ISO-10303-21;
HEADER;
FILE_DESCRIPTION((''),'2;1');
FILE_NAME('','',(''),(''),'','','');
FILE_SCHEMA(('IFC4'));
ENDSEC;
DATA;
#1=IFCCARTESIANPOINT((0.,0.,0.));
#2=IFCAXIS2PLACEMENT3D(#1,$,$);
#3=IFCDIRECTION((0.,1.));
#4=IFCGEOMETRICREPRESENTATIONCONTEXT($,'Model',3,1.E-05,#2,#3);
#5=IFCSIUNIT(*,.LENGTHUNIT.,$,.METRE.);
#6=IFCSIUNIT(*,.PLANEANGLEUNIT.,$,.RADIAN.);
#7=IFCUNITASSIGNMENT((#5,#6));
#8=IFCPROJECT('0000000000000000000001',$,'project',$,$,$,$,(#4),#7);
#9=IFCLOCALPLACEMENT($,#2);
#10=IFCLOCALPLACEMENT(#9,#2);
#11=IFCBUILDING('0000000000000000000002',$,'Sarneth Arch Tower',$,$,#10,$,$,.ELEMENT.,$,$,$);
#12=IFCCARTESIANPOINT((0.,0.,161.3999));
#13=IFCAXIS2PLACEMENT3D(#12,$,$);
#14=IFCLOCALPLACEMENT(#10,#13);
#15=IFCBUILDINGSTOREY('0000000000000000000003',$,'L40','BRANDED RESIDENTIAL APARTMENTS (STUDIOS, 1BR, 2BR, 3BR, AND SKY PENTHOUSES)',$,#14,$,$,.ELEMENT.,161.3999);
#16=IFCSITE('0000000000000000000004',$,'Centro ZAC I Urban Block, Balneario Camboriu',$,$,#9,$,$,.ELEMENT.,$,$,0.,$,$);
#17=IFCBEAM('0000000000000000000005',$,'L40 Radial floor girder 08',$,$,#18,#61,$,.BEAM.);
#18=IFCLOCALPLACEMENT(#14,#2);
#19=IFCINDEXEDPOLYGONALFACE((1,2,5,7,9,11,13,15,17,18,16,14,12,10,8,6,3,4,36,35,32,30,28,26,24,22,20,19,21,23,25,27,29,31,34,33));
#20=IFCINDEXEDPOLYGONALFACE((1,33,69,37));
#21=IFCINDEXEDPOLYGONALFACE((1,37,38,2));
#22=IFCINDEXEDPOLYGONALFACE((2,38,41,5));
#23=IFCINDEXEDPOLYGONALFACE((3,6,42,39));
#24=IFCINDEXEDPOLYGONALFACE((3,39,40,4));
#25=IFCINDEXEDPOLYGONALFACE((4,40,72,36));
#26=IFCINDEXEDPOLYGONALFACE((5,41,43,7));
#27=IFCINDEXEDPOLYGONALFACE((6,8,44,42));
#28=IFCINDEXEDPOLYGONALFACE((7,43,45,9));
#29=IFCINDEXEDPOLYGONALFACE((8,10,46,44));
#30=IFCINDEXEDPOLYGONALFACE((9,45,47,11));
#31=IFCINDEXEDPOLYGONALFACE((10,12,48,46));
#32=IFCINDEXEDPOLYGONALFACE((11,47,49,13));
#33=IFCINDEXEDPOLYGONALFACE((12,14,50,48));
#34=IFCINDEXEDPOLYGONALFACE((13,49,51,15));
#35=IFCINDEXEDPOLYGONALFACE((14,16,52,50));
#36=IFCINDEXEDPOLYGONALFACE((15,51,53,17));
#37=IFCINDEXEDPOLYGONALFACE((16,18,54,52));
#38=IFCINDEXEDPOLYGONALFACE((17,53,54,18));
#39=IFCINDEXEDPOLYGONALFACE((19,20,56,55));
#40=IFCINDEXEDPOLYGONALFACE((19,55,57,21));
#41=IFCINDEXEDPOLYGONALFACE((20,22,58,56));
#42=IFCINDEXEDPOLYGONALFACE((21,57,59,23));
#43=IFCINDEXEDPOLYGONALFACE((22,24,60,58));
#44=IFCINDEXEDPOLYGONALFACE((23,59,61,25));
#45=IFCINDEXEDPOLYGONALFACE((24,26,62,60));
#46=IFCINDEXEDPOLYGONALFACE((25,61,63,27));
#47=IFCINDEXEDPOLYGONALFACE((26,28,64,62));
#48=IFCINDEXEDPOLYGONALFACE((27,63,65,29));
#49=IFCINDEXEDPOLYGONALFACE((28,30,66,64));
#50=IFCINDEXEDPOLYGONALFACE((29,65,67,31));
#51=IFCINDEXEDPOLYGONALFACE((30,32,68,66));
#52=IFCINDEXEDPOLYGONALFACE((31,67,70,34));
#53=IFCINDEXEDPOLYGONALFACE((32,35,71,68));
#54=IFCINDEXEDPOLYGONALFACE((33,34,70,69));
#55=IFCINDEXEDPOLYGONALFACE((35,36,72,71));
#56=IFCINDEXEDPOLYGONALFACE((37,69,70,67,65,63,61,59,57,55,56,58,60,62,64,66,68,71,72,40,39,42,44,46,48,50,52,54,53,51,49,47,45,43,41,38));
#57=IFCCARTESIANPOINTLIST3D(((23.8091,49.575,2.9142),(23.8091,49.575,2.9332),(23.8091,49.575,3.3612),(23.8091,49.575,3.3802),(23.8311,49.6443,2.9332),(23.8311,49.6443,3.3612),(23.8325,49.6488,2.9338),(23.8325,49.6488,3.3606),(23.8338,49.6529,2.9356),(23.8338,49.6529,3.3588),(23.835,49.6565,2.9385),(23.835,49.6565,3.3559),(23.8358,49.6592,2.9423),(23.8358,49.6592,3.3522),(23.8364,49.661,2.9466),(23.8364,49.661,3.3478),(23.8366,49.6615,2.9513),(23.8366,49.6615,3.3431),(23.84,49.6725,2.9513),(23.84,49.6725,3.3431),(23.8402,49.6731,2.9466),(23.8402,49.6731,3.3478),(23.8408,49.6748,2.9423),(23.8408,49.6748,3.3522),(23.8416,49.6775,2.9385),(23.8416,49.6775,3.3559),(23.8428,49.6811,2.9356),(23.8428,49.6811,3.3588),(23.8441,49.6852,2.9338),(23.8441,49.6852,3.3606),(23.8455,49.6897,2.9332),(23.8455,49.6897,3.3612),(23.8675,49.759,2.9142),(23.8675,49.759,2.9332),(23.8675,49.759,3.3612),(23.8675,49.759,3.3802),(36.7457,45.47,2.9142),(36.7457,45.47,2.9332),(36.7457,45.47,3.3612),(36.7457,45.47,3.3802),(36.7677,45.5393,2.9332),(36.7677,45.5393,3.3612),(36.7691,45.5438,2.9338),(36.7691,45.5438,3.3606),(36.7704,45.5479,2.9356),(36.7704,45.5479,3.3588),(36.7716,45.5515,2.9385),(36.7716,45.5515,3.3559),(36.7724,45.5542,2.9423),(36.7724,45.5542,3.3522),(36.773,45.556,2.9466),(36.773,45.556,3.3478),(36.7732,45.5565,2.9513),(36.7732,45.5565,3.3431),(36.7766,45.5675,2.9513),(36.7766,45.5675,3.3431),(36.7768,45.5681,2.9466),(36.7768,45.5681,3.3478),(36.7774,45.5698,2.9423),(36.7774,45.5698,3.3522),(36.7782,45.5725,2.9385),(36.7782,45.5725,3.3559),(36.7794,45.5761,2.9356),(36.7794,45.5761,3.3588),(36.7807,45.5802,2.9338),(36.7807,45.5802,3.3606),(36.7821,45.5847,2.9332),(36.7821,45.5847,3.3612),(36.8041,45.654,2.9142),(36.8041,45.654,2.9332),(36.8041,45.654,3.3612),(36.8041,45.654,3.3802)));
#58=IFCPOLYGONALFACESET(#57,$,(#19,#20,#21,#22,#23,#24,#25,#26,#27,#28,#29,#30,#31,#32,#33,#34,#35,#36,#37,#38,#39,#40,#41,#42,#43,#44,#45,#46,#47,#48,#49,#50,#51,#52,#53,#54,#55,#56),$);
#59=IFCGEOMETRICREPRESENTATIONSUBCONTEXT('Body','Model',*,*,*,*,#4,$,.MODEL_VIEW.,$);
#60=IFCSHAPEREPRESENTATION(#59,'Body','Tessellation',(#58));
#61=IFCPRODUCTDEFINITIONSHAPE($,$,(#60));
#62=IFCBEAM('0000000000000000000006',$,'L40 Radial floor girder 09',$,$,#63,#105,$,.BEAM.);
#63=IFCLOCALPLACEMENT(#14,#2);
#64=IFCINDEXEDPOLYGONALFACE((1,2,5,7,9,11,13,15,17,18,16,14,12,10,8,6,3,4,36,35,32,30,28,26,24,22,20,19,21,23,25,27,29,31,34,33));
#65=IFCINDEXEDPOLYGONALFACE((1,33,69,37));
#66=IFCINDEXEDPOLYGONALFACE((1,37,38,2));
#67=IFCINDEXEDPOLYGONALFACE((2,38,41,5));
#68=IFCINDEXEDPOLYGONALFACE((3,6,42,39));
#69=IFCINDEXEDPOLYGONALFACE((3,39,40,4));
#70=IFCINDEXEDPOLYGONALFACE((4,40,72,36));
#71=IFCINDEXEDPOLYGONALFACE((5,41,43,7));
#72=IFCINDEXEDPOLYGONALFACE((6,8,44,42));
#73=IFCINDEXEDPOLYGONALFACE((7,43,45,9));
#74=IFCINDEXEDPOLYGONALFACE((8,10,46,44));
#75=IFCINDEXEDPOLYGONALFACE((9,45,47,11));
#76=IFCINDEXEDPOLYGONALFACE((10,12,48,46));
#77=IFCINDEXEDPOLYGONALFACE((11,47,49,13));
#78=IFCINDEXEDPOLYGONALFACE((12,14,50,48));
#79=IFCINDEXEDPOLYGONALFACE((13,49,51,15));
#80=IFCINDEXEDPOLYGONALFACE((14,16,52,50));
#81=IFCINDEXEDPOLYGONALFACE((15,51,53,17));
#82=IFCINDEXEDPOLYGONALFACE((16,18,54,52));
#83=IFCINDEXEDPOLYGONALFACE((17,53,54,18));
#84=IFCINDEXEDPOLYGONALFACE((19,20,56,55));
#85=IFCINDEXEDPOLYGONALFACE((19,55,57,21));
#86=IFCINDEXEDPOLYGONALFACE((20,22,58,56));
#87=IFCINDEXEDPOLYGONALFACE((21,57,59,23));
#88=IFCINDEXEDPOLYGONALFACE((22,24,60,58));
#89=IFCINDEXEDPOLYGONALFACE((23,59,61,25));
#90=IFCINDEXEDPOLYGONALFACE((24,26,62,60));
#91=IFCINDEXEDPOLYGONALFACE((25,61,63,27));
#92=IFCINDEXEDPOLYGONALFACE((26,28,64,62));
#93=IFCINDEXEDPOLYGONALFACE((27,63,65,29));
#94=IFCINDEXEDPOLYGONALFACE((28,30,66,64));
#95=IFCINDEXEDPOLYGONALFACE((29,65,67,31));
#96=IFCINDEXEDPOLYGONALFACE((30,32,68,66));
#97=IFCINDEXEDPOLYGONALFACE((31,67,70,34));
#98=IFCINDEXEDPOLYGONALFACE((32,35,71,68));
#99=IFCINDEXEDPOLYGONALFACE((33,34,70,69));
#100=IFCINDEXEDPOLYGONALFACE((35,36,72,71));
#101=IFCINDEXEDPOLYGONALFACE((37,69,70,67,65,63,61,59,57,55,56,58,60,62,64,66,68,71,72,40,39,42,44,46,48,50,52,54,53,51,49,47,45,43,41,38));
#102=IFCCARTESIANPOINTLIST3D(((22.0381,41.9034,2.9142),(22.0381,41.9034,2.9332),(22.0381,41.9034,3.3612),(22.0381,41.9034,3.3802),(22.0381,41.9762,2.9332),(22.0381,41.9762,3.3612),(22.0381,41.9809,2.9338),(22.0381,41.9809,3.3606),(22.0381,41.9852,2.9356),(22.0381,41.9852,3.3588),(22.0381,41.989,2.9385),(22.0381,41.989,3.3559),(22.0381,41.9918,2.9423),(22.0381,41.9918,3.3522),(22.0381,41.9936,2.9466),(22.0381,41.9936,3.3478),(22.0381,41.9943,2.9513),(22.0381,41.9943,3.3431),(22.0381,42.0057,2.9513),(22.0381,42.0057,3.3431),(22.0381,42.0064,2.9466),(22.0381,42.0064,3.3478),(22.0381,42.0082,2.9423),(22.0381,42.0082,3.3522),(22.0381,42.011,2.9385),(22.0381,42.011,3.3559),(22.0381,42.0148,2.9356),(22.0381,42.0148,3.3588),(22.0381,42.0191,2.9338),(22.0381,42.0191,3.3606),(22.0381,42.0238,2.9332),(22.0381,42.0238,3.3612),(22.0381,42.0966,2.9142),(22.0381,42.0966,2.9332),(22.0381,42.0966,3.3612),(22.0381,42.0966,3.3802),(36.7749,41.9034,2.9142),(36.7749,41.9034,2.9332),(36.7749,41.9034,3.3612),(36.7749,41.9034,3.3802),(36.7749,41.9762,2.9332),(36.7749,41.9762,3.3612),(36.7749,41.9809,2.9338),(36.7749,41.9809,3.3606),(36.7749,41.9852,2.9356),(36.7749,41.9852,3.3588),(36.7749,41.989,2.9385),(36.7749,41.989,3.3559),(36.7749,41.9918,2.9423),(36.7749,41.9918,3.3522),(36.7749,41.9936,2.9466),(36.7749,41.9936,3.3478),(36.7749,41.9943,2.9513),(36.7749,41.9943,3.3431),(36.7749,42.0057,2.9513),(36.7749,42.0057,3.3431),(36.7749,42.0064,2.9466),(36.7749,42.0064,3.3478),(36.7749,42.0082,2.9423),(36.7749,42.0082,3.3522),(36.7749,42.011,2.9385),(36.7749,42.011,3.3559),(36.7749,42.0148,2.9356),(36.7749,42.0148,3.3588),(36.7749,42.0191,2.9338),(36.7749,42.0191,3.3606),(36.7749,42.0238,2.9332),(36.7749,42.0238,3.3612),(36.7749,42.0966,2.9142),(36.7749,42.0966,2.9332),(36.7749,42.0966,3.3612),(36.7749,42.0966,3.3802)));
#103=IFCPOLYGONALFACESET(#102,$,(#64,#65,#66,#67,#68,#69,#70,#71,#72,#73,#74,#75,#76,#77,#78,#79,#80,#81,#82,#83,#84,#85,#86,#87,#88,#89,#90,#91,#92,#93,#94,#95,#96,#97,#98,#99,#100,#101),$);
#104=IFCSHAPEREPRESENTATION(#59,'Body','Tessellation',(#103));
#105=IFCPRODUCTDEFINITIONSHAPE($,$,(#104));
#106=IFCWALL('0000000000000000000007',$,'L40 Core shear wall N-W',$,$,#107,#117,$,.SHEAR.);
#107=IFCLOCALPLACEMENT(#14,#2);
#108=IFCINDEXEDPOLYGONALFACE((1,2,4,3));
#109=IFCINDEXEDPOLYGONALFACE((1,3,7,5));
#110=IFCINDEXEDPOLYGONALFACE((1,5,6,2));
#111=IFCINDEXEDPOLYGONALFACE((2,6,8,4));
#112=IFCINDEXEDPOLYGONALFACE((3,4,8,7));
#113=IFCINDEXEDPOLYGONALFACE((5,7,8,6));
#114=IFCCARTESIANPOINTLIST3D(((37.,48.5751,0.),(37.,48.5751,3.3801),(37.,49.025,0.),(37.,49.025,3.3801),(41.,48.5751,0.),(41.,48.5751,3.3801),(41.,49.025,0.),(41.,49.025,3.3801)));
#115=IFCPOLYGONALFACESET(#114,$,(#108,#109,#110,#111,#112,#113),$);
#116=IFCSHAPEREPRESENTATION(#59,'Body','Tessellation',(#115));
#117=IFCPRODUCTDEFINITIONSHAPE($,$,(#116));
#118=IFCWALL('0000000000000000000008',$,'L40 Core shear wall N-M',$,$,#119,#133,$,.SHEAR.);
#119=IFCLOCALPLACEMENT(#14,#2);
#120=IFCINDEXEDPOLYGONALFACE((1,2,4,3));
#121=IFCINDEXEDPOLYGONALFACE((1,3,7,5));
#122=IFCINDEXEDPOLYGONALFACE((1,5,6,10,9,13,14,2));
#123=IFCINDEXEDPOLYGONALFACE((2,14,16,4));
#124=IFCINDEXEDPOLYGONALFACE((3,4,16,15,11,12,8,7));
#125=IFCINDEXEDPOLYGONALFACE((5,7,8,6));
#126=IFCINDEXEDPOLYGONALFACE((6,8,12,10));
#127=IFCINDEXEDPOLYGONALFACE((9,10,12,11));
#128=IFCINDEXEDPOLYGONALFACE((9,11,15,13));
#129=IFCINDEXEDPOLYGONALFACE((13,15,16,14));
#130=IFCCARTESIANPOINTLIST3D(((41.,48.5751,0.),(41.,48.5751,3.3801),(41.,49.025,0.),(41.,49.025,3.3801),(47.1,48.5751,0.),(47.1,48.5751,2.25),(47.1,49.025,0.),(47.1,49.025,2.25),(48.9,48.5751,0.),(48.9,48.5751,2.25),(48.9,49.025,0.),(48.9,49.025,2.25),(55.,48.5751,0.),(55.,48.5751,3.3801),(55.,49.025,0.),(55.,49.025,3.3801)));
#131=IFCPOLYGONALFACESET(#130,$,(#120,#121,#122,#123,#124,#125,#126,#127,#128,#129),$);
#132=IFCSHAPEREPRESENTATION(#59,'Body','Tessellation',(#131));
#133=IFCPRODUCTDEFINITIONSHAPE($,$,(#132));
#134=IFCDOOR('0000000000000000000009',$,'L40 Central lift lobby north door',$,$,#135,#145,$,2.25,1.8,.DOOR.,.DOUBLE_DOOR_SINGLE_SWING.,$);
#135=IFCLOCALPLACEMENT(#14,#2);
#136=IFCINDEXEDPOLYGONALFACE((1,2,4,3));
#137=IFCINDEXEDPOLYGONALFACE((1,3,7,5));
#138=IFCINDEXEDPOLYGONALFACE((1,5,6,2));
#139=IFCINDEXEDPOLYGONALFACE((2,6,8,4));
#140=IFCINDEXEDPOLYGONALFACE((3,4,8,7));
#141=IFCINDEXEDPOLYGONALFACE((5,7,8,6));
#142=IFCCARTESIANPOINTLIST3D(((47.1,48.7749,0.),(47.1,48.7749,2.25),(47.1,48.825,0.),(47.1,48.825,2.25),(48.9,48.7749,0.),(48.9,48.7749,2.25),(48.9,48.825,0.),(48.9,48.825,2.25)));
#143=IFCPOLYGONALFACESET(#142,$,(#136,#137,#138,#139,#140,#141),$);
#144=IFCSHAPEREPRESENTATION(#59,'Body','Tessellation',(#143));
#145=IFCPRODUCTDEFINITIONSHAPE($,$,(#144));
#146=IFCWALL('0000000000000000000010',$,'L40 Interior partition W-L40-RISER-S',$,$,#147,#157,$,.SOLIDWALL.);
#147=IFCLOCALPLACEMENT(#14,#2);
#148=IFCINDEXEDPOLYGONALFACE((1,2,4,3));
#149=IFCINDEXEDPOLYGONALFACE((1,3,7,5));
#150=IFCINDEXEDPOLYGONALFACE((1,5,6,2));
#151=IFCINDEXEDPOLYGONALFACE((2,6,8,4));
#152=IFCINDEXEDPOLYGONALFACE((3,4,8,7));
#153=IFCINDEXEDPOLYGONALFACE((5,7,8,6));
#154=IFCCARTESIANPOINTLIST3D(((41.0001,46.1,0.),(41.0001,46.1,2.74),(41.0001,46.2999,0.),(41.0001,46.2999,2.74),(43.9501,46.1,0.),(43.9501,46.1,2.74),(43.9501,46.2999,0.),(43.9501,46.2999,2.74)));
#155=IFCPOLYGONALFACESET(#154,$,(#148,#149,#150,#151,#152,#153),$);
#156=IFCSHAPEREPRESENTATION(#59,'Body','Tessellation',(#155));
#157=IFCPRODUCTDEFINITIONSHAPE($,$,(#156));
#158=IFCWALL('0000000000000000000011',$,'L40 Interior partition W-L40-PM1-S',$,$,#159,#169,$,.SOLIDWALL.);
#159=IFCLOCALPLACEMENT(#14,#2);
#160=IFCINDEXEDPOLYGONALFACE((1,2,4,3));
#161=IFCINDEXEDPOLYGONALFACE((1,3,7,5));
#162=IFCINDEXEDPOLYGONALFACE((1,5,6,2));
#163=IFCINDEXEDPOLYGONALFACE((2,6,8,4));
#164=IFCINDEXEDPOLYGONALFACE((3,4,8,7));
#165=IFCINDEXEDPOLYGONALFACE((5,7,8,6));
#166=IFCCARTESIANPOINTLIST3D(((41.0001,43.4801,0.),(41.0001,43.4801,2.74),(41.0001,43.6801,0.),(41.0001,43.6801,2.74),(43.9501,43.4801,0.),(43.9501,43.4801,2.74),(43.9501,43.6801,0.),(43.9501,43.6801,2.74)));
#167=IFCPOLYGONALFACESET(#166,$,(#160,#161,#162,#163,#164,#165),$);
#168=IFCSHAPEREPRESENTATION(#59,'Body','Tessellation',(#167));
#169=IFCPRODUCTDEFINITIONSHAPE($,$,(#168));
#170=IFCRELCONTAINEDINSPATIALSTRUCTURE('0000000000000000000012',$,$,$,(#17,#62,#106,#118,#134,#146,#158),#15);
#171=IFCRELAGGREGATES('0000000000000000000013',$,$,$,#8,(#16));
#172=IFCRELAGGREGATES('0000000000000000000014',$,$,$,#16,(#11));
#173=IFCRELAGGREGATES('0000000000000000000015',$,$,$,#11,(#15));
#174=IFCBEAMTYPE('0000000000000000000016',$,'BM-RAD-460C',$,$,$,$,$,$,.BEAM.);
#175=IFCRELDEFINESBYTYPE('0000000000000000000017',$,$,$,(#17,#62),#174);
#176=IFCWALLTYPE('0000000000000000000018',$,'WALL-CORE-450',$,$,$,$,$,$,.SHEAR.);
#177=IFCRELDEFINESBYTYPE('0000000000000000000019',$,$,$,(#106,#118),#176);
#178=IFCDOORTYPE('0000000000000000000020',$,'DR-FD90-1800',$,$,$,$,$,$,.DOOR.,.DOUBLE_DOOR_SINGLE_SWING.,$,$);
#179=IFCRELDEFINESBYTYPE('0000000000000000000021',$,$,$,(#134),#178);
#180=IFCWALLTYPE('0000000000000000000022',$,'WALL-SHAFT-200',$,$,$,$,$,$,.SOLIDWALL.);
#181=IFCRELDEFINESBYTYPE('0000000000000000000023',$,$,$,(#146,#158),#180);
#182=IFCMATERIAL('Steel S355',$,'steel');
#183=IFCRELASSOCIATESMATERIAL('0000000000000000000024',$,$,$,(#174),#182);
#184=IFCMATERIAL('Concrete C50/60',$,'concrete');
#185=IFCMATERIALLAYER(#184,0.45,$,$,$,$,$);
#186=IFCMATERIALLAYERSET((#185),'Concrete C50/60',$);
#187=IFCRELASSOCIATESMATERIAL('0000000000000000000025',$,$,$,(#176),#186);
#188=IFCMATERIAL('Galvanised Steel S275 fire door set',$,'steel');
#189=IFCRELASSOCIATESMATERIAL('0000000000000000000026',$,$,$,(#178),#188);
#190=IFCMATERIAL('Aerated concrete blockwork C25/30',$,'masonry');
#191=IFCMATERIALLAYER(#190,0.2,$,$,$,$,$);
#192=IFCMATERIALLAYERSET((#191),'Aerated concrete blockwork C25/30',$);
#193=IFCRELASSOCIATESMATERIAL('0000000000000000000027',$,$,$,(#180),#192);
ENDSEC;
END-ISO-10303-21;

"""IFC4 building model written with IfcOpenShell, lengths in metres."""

from ifc_helpers import new_model, si_unit, direction, frame, frame_2d, origin, origin_2d, place, context, subcontext, project, spatial, rectangle, i_section, extrude, material, layer, layer_set, material_profile, profile_set, type_object, element, fill, save


model = new_model("IFC4")

# Units and contexts
model_context = context("Model", 3, precision=1e-05, world=origin(), true_north=direction((0.0, 1.0)))
body_context = subcontext(model_context, "Body", "Model", "MODEL_VIEW")
ifc_project = project(units=[si_unit("LENGTHUNIT", "METRE"), si_unit("PLANEANGLEUNIT", "RADIAN")], contexts=[model_context])

# Site, building, storey
site_placement = place(None, origin())
site = spatial("IfcSite", under=ifc_project, at=site_placement, Name="Centro ZAC I Urban Block, Balneario Camboriu", CompositionType="ELEMENT", RefElevation=0.0)
building_placement = place(site_placement, origin())
building = spatial("IfcBuilding", under=site, at=building_placement, Name="Sarneth Arch Tower", CompositionType="ELEMENT")
storey_placement = place(building_placement, frame((0.0, 0.0, 161.3999)))
storey = spatial("IfcBuildingStorey", under=building, at=storey_placement, Name="L40", Description="BRANDED RESIDENTIAL APARTMENTS (STUDIOS, 1BR, 2BR, 3BR, AND SKY PENTHOUSES)", CompositionType="ELEMENT", Elevation=161.3999)

# Beams
ifc_material_1 = material(Name="Steel S355", Category="steel")
ifc_material_profile_1 = material_profile(ifc_material_1, i_section(OverallWidth=0.1931, OverallDepth=0.4661, WebThickness=0.0115, FlangeThickness=0.019, FilletRadius=0.0181, at=origin_2d()), Name="W460x97")
ifc_profile_set_1 = profile_set([ifc_material_profile_1], Name="Steel S355")
beam_type_1 = type_object("IfcBeamType", Name="BM-RAD-460C", PredefinedType="BEAM", material=ifc_profile_set_1)
beam_1_placement = place(storey_placement, frame((36.7749, 45.562, 3.1472), z_axis=(-0.953164, 0.302455, 0.0), x_axis=(-0.302455, -0.953164, 0.0)))
element("IfcBeam", 1, at=beam_1_placement, inside=storey, type_object=beam_type_1, Name="L40 Radial floor girder 08", PredefinedType="BEAM", context=body_context, shape_type="SweptSolid", body=[
    extrude(i_section(OverallWidth=0.1931, OverallDepth=0.4661, WebThickness=0.0115, FlangeThickness=0.019, FilletRadius=0.0181, at=origin_2d()), origin(), (0.0, 0.0, 1.0), 13.5723),
])
beam_2_placement = place(storey_placement, frame((36.7749, 42.0, 3.1472), z_axis=(-1.0, 0.0, 0.0), x_axis=(0.0, -1.0, 0.0)))
element("IfcBeam", 2, at=beam_2_placement, inside=storey, type_object=beam_type_1, Name="L40 Radial floor girder 09", PredefinedType="BEAM", context=body_context, shape_type="SweptSolid", body=[
    extrude(i_section(OverallWidth=0.1931, OverallDepth=0.4661, WebThickness=0.0115, FlangeThickness=0.019, FilletRadius=0.0181, at=origin_2d()), origin(), (0.0, 0.0, 1.0), 14.7368),
])

# Wall
ifc_material_2 = material(Name="Concrete C50/60", Category="concrete")
ifc_layer_1 = layer(ifc_material_2, 0.45)
ifc_layer_set_1 = layer_set([ifc_layer_1], Name="Concrete C50/60")
wall_type_1 = type_object("IfcWallType", Name="WALL-CORE-450", PredefinedType="SHEAR", material=ifc_layer_set_1)
wall_1_placement = place(storey_placement, frame((37.0, 48.8, 0.0), z_axis=(0.0, 0.0, 1.0), x_axis=(1.0, 0.0, 0.0)))
element("IfcWall", 3, at=wall_1_placement, inside=storey, type_object=wall_type_1, Name="L40 Core shear wall N-W", PredefinedType="SHEAR", context=body_context, shape_type="SweptSolid", body=[
    extrude(rectangle(XDim=4.0, YDim=0.45, at=frame_2d((2.0, 0.0))), origin(), (0.0, 0.0, 1.0), 3.3801),
])

# Wall, opening, door
wall_2_placement = place(storey_placement, frame((41.0, 48.8, 0.0), z_axis=(0.0, 0.0, 1.0), x_axis=(1.0, 0.0, 0.0)))
wall_2 = element("IfcWall", 4, at=wall_2_placement, inside=storey, type_object=wall_type_1, Name="L40 Core shear wall N-M", PredefinedType="SHEAR", context=body_context, shape_type="SweptSolid", body=[
    extrude(rectangle(XDim=14.0, YDim=0.45, at=frame_2d((7.0, 0.0))), origin(), (0.0, 0.0, 1.0), 3.3801),
])
opening_1_placement = place(wall_2_placement, frame((6.1001, 0.0, 0.0)))
opening_1 = element("IfcOpeningElement", 5, at=opening_1_placement, cuts=wall_2, PredefinedType="OPENING", context=body_context, shape_type="SweptSolid", body=[
    extrude(rectangle(XDim=1.8, YDim=2.25, at=frame_2d((0.8999, 1.125))), frame((0.0, 0.2349, 0.0), z_axis=(0.0, -1.0, 0.0), x_axis=(1.0, 0.0, 0.0)), (0.0, 0.0, 1.0), 0.47),
])
ifc_material_3 = material(Name="Galvanised Steel S275 fire door set", Category="steel")
door_type_1 = type_object("IfcDoorType", Name="DR-FD90-1800", OperationType="DOUBLE_DOOR_SINGLE_SWING", PredefinedType="DOOR", material=ifc_material_3)
door_1_placement = place(opening_1_placement, origin())
door_1 = element("IfcDoor", 6, at=door_1_placement, inside=storey, type_object=door_type_1, Name="L40 Central lift lobby north door", OperationType="DOUBLE_DOOR_SINGLE_SWING", OverallHeight=2.25, OverallWidth=1.8, PredefinedType="DOOR", context=body_context, shape_type="SweptSolid", body=[
    extrude(rectangle(XDim=1.8, YDim=2.25, at=frame_2d((0.8999, 1.125))), frame((0.0, 0.0249, 0.0), z_axis=(0.0, -1.0, 0.0), x_axis=(1.0, 0.0, 0.0)), (0.0, 0.0, 1.0), 0.05),
])
fill(opening_1, door_1)

# Wall
ifc_material_4 = material(Name="Aerated concrete blockwork C25/30", Category="masonry")
ifc_layer_2 = layer(ifc_material_4, 0.2)
ifc_layer_set_2 = layer_set([ifc_layer_2], Name="Aerated concrete blockwork C25/30")
wall_type_2 = type_object("IfcWallType", Name="WALL-SHAFT-200", PredefinedType="SOLIDWALL", material=ifc_layer_set_2)
wall_3_placement = place(storey_placement, frame((41.0, 46.2, 0.0), z_axis=(0.0, 0.0, 1.0), x_axis=(1.0, 0.0, 0.0)))
element("IfcWall", 7, at=wall_3_placement, inside=storey, type_object=wall_type_2, Name="L40 Interior partition W-L40-RISER-S", PredefinedType="SOLIDWALL", context=body_context, shape_type="SweptSolid", body=[
    extrude(rectangle(XDim=2.95, YDim=0.2, at=frame_2d((1.4751, 0.0))), origin(), (0.0, 0.0, 1.0), 2.74),
])

# Wall
wall_4_placement = place(storey_placement, frame((41.0, 43.5801, 0.0), z_axis=(0.0, 0.0, 1.0), x_axis=(1.0, 0.0, 0.0)))
element("IfcWall", 8, at=wall_4_placement, inside=storey, type_object=wall_type_2, Name="L40 Interior partition W-L40-PM1-S", PredefinedType="SOLIDWALL", context=body_context, shape_type="SweptSolid", body=[
    extrude(rectangle(XDim=2.95, YDim=0.2, at=frame_2d((1.4751, 0.0))), origin(), (0.0, 0.0, 1.0), 2.74),
])

save(model, "model.ifc")
